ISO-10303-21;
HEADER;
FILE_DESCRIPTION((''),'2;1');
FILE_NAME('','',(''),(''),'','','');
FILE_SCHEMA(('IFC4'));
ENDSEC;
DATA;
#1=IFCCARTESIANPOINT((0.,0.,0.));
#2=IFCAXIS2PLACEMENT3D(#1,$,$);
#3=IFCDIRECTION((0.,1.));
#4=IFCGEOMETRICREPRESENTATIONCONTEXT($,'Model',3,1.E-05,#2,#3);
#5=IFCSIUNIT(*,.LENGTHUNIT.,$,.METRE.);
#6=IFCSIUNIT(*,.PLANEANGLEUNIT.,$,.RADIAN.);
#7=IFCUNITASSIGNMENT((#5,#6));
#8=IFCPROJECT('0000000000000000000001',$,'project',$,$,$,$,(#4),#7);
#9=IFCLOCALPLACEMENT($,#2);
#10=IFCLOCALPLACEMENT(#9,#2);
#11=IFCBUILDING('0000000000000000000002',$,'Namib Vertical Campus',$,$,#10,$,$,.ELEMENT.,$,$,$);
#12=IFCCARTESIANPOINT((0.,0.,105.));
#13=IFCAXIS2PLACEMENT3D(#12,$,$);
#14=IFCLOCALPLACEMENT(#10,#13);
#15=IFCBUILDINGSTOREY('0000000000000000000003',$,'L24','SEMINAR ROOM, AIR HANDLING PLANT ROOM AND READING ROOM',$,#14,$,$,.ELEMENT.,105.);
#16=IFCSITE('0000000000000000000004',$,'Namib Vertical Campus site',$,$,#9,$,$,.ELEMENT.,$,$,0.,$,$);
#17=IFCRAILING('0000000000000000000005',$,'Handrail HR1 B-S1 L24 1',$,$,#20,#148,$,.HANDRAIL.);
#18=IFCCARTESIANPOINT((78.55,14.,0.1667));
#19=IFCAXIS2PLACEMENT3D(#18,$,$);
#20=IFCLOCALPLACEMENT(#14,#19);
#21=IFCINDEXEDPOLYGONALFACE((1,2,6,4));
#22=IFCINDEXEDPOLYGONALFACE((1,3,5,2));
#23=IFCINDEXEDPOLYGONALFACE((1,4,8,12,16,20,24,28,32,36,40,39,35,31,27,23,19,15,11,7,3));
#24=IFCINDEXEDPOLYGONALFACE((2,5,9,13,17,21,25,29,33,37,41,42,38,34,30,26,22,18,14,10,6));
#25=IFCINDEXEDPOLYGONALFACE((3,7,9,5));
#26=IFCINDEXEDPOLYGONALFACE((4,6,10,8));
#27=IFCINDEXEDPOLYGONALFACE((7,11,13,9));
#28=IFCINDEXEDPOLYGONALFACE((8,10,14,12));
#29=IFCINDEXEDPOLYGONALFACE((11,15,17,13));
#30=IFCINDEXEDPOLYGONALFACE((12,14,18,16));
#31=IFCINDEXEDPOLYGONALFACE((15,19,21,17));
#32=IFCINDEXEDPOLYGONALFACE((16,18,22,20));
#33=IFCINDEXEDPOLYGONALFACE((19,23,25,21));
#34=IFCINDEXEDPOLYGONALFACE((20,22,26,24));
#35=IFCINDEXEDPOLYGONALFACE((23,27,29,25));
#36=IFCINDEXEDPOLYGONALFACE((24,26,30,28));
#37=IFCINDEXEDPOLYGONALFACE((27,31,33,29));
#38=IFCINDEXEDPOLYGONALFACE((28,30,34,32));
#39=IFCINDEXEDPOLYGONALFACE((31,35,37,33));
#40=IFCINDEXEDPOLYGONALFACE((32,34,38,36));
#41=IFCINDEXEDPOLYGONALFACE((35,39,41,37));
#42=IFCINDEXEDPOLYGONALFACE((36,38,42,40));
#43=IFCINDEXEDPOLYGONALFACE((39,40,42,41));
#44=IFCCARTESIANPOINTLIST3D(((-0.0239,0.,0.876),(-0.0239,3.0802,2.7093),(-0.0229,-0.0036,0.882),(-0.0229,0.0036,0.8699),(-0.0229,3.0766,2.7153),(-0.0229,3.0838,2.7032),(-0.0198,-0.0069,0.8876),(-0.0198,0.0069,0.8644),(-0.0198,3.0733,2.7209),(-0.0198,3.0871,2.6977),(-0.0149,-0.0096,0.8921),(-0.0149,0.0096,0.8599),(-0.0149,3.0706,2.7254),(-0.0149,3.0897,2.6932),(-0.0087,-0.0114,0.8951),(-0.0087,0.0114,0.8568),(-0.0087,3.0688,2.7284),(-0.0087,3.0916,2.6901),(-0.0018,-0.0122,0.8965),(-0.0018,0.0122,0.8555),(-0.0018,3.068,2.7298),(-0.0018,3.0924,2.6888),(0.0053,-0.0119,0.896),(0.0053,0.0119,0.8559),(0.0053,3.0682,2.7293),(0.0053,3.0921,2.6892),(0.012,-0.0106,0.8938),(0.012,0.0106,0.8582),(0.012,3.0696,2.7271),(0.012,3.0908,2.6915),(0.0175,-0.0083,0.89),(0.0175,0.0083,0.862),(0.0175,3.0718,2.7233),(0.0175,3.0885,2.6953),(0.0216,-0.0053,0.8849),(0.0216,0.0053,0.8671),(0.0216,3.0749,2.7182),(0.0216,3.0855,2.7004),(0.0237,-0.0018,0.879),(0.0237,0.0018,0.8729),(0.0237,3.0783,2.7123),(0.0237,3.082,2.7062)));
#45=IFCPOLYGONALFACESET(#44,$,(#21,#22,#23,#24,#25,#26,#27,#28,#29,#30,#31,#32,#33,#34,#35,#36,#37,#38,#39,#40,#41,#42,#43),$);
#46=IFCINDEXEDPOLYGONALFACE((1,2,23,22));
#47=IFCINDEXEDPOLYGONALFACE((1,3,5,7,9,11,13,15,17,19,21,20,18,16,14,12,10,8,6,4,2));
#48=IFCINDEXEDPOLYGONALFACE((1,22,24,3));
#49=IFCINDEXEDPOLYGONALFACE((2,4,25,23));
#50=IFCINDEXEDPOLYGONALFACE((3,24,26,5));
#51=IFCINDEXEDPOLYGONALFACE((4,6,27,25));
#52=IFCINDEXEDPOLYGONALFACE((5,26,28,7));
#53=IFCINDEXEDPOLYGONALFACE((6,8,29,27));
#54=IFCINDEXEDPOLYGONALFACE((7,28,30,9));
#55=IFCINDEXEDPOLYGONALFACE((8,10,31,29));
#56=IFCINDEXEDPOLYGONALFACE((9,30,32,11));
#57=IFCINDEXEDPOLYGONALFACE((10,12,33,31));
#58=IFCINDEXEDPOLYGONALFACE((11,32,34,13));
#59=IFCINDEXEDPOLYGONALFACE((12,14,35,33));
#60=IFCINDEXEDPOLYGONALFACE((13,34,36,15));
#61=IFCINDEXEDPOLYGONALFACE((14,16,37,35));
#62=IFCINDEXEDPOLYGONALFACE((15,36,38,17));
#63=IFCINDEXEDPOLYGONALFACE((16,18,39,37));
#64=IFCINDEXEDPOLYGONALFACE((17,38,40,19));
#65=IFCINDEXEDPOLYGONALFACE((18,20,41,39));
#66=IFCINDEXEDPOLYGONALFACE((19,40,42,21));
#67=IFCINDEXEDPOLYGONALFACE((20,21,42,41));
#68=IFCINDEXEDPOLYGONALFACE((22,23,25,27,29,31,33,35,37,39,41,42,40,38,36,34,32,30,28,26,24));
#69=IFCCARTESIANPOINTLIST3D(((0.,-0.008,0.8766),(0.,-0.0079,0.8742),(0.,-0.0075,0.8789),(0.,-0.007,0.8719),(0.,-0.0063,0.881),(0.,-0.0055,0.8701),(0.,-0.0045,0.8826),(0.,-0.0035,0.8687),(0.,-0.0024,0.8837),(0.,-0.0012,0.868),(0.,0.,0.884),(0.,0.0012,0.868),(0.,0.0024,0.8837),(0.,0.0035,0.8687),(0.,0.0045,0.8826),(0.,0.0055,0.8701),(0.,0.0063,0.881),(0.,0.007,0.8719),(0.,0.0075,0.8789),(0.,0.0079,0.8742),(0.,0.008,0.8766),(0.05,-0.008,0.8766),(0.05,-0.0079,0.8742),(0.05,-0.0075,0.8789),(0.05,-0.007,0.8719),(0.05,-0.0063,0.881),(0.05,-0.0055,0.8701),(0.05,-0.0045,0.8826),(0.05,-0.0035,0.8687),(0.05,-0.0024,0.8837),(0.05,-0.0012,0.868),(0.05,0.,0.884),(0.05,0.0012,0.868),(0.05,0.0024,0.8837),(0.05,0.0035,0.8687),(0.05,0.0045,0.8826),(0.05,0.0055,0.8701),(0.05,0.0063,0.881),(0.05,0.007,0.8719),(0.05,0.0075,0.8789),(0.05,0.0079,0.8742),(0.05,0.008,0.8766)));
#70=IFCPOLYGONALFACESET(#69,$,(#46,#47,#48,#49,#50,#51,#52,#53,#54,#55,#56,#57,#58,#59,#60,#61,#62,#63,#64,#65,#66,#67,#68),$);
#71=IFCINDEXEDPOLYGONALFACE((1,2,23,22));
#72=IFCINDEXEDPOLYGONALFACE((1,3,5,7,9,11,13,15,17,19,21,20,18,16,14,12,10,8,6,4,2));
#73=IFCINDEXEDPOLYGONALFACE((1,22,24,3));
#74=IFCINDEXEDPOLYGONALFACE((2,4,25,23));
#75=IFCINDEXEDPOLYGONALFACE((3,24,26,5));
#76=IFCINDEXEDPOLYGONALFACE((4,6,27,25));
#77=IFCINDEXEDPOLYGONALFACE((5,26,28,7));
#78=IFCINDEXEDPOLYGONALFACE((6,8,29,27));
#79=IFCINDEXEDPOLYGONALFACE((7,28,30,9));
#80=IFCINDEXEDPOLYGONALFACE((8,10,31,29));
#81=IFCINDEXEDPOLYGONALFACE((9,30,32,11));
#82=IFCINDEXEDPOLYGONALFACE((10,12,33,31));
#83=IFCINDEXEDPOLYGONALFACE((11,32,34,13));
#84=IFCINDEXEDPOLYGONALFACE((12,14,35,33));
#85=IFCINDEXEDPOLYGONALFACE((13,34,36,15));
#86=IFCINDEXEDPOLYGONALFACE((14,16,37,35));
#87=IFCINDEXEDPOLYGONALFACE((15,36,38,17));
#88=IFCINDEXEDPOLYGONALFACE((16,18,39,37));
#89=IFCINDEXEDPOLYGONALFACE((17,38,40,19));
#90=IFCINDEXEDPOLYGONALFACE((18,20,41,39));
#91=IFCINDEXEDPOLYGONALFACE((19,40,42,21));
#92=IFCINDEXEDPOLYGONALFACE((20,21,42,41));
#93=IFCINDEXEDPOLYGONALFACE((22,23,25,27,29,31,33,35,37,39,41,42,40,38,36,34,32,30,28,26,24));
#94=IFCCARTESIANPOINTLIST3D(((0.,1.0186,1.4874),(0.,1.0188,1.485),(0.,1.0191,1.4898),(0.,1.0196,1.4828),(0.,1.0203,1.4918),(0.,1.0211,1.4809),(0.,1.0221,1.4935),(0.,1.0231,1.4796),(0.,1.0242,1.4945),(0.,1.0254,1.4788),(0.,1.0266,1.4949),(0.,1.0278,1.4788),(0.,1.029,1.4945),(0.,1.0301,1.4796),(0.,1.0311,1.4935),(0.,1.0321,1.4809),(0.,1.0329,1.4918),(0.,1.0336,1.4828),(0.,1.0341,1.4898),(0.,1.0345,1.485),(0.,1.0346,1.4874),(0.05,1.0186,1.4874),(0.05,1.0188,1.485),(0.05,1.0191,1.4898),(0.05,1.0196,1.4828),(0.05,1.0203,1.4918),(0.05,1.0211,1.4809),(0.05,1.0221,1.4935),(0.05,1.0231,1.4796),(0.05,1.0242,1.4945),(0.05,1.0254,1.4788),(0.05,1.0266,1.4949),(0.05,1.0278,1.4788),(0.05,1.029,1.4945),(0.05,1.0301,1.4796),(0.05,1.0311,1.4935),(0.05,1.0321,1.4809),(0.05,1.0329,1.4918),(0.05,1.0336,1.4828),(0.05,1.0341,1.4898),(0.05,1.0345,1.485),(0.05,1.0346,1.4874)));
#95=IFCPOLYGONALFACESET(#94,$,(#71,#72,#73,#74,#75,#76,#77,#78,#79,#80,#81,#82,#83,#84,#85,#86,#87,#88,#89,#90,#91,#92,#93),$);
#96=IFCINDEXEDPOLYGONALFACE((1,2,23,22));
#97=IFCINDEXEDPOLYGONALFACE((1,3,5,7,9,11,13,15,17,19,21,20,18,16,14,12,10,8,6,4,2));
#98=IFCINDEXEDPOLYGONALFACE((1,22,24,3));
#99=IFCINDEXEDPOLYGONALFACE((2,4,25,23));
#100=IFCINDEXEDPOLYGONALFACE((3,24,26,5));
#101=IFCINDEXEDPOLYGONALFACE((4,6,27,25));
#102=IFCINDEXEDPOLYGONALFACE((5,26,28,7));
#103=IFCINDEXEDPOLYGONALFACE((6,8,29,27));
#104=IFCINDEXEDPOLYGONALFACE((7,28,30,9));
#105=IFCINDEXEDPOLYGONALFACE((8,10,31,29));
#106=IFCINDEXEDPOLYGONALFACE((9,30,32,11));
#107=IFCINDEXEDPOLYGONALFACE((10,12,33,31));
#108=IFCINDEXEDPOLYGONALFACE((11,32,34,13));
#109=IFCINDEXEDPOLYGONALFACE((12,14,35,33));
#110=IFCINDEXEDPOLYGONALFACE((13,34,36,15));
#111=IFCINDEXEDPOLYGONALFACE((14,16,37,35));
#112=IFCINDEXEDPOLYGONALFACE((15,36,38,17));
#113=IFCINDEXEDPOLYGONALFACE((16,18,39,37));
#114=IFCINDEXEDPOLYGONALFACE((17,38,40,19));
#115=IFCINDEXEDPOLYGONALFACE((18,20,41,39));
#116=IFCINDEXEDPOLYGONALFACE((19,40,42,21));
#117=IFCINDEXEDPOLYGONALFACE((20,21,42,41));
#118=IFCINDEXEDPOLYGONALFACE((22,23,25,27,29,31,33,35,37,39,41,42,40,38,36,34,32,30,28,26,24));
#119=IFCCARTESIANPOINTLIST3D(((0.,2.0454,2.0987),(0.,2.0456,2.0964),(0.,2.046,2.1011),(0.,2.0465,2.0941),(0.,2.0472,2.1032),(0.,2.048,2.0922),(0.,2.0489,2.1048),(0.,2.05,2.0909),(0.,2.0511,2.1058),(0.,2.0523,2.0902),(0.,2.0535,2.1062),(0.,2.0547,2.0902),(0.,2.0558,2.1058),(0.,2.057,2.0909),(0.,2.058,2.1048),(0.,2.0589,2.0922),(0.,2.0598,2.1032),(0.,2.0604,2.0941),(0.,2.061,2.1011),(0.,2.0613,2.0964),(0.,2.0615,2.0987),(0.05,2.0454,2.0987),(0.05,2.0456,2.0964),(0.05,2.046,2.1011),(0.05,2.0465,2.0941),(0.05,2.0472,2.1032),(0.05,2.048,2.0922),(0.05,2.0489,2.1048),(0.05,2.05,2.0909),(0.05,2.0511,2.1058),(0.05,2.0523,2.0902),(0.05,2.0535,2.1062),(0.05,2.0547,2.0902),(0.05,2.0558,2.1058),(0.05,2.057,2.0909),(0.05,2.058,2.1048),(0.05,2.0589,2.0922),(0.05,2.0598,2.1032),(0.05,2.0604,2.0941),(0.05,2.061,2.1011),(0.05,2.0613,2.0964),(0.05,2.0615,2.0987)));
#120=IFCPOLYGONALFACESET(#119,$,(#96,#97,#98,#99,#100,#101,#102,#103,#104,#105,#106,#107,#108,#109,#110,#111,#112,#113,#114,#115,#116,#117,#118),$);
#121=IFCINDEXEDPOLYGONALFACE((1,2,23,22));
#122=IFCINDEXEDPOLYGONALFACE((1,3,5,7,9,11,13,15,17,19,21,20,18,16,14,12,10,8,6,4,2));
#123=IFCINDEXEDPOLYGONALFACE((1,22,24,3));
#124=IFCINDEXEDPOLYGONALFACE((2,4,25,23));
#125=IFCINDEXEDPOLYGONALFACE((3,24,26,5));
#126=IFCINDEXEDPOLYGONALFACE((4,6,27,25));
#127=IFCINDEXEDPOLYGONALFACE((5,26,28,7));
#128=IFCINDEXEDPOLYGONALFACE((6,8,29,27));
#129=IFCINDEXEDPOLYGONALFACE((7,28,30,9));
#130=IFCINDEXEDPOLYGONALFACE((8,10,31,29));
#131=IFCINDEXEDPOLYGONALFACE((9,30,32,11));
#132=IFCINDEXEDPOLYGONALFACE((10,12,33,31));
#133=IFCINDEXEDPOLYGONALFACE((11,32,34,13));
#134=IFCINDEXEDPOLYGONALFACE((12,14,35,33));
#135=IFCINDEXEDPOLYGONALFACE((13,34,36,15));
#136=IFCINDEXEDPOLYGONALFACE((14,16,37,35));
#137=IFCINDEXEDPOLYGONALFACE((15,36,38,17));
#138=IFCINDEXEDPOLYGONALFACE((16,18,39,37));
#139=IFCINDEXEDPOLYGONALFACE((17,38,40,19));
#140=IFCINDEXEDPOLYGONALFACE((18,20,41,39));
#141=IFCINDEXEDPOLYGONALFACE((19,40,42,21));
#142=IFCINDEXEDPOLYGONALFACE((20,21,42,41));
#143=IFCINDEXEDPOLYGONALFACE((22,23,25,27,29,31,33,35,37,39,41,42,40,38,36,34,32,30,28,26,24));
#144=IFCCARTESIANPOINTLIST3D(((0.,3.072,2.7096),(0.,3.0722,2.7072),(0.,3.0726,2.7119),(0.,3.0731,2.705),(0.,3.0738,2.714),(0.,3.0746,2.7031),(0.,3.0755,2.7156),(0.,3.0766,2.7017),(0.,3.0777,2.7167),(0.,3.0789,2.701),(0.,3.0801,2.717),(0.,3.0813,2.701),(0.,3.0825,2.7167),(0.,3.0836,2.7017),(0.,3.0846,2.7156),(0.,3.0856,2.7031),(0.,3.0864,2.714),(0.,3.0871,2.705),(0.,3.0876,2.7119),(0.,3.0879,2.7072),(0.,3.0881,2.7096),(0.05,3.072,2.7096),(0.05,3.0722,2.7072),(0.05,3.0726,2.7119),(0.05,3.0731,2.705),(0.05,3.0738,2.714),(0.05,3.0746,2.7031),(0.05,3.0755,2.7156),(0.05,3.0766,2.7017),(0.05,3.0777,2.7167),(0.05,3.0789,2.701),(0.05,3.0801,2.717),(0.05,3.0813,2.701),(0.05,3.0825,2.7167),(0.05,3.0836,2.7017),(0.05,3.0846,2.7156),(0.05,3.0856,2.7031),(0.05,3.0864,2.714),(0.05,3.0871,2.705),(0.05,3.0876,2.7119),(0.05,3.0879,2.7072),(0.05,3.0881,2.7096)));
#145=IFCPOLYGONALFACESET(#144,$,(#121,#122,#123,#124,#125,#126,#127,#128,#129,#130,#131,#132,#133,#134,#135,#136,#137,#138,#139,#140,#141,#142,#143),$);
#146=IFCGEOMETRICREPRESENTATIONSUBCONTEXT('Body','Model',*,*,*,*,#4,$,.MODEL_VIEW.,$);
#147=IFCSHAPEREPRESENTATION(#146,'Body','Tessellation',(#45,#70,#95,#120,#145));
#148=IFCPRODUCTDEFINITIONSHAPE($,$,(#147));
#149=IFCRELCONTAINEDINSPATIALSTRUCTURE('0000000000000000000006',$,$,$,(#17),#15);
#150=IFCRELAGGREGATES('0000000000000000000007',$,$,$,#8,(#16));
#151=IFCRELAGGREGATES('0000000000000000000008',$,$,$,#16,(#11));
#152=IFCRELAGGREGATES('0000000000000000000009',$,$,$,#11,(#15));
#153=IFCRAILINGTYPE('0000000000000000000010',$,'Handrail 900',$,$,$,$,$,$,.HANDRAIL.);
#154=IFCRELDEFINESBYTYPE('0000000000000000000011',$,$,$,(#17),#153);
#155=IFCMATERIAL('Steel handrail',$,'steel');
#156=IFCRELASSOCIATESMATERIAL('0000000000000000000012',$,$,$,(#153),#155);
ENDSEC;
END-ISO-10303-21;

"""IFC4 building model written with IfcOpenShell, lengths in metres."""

from ifc_helpers import new_model, si_unit, direction, frame, origin, origin_2d, place, context, subcontext, project, spatial, circle, extrude, material, type_object, element, save


model = new_model("IFC4")

# Units and contexts
model_context = context("Model", 3, precision=1e-05, world=origin(), true_north=direction((0.0, 1.0)))
body_context = subcontext(model_context, "Body", "Model", "MODEL_VIEW")
ifc_project = project(units=[si_unit("LENGTHUNIT", "METRE"), si_unit("PLANEANGLEUNIT", "RADIAN")], contexts=[model_context])

# Site, building, storey
site_placement = place(None, origin())
site = spatial("IfcSite", under=ifc_project, at=site_placement, Name="Namib Vertical Campus site", CompositionType="ELEMENT", RefElevation=0.0)
building_placement = place(site_placement, origin())
building = spatial("IfcBuilding", under=site, at=building_placement, Name="Namib Vertical Campus", CompositionType="ELEMENT")
storey_placement = place(building_placement, frame((0.0, 0.0, 105.0)))
storey = spatial("IfcBuildingStorey", under=building, at=storey_placement, Name="L24", Description="SEMINAR ROOM, AIR HANDLING PLANT ROOM AND READING ROOM", CompositionType="ELEMENT", Elevation=105.0)

# Railing
ifc_material_1 = material(Name="Steel handrail", Category="steel")
railing_type_1 = type_object("IfcRailingType", Name="Handrail 900", PredefinedType="HANDRAIL", material=ifc_material_1)
railing_1_placement = place(storey_placement, frame((78.55, 14.0, 0.1667)))
element("IfcRailing", 1, at=railing_1_placement, inside=storey, type_object=railing_type_1, Name="Handrail HR1 B-S1 L24 1", PredefinedType="HANDRAIL", context=body_context, shape_type="SweptSolid", body=[
    extrude(circle(Radius=0.0239, at=origin_2d()), frame((0.0, 0.0, 0.876), z_axis=(0.0, 0.859309, 0.511458), x_axis=(-1.0, 0.0, 0.0)), (0.0, 0.0, 1.0), 3.5845),
    extrude(circle(Radius=0.0081, at=origin_2d()), frame((0.0, 0.0, 0.876), z_axis=(1.0, 0.0, 0.0), x_axis=(0.0, 0.0, 1.0)), (0.0, 0.0, 1.0), 0.05),
    extrude(circle(Radius=0.0081, at=origin_2d()), frame((0.0, 1.0266, 1.4868), z_axis=(1.0, 0.0, 0.0), x_axis=(0.0, 0.0, 1.0)), (0.0, 0.0, 1.0), 0.05),
    extrude(circle(Radius=0.0081, at=origin_2d()), frame((0.0, 2.0535, 2.0981), z_axis=(1.0, 0.0, 0.0), x_axis=(0.0, 0.0, 1.0)), (0.0, 0.0, 1.0), 0.05),
    extrude(circle(Radius=0.0081, at=origin_2d()), frame((0.0, 3.0801, 2.709), z_axis=(1.0, 0.0, 0.0), x_axis=(0.0, 0.0, 1.0)), (0.0, 0.0, 1.0), 0.05),
])

save(model, "model.ifc")
